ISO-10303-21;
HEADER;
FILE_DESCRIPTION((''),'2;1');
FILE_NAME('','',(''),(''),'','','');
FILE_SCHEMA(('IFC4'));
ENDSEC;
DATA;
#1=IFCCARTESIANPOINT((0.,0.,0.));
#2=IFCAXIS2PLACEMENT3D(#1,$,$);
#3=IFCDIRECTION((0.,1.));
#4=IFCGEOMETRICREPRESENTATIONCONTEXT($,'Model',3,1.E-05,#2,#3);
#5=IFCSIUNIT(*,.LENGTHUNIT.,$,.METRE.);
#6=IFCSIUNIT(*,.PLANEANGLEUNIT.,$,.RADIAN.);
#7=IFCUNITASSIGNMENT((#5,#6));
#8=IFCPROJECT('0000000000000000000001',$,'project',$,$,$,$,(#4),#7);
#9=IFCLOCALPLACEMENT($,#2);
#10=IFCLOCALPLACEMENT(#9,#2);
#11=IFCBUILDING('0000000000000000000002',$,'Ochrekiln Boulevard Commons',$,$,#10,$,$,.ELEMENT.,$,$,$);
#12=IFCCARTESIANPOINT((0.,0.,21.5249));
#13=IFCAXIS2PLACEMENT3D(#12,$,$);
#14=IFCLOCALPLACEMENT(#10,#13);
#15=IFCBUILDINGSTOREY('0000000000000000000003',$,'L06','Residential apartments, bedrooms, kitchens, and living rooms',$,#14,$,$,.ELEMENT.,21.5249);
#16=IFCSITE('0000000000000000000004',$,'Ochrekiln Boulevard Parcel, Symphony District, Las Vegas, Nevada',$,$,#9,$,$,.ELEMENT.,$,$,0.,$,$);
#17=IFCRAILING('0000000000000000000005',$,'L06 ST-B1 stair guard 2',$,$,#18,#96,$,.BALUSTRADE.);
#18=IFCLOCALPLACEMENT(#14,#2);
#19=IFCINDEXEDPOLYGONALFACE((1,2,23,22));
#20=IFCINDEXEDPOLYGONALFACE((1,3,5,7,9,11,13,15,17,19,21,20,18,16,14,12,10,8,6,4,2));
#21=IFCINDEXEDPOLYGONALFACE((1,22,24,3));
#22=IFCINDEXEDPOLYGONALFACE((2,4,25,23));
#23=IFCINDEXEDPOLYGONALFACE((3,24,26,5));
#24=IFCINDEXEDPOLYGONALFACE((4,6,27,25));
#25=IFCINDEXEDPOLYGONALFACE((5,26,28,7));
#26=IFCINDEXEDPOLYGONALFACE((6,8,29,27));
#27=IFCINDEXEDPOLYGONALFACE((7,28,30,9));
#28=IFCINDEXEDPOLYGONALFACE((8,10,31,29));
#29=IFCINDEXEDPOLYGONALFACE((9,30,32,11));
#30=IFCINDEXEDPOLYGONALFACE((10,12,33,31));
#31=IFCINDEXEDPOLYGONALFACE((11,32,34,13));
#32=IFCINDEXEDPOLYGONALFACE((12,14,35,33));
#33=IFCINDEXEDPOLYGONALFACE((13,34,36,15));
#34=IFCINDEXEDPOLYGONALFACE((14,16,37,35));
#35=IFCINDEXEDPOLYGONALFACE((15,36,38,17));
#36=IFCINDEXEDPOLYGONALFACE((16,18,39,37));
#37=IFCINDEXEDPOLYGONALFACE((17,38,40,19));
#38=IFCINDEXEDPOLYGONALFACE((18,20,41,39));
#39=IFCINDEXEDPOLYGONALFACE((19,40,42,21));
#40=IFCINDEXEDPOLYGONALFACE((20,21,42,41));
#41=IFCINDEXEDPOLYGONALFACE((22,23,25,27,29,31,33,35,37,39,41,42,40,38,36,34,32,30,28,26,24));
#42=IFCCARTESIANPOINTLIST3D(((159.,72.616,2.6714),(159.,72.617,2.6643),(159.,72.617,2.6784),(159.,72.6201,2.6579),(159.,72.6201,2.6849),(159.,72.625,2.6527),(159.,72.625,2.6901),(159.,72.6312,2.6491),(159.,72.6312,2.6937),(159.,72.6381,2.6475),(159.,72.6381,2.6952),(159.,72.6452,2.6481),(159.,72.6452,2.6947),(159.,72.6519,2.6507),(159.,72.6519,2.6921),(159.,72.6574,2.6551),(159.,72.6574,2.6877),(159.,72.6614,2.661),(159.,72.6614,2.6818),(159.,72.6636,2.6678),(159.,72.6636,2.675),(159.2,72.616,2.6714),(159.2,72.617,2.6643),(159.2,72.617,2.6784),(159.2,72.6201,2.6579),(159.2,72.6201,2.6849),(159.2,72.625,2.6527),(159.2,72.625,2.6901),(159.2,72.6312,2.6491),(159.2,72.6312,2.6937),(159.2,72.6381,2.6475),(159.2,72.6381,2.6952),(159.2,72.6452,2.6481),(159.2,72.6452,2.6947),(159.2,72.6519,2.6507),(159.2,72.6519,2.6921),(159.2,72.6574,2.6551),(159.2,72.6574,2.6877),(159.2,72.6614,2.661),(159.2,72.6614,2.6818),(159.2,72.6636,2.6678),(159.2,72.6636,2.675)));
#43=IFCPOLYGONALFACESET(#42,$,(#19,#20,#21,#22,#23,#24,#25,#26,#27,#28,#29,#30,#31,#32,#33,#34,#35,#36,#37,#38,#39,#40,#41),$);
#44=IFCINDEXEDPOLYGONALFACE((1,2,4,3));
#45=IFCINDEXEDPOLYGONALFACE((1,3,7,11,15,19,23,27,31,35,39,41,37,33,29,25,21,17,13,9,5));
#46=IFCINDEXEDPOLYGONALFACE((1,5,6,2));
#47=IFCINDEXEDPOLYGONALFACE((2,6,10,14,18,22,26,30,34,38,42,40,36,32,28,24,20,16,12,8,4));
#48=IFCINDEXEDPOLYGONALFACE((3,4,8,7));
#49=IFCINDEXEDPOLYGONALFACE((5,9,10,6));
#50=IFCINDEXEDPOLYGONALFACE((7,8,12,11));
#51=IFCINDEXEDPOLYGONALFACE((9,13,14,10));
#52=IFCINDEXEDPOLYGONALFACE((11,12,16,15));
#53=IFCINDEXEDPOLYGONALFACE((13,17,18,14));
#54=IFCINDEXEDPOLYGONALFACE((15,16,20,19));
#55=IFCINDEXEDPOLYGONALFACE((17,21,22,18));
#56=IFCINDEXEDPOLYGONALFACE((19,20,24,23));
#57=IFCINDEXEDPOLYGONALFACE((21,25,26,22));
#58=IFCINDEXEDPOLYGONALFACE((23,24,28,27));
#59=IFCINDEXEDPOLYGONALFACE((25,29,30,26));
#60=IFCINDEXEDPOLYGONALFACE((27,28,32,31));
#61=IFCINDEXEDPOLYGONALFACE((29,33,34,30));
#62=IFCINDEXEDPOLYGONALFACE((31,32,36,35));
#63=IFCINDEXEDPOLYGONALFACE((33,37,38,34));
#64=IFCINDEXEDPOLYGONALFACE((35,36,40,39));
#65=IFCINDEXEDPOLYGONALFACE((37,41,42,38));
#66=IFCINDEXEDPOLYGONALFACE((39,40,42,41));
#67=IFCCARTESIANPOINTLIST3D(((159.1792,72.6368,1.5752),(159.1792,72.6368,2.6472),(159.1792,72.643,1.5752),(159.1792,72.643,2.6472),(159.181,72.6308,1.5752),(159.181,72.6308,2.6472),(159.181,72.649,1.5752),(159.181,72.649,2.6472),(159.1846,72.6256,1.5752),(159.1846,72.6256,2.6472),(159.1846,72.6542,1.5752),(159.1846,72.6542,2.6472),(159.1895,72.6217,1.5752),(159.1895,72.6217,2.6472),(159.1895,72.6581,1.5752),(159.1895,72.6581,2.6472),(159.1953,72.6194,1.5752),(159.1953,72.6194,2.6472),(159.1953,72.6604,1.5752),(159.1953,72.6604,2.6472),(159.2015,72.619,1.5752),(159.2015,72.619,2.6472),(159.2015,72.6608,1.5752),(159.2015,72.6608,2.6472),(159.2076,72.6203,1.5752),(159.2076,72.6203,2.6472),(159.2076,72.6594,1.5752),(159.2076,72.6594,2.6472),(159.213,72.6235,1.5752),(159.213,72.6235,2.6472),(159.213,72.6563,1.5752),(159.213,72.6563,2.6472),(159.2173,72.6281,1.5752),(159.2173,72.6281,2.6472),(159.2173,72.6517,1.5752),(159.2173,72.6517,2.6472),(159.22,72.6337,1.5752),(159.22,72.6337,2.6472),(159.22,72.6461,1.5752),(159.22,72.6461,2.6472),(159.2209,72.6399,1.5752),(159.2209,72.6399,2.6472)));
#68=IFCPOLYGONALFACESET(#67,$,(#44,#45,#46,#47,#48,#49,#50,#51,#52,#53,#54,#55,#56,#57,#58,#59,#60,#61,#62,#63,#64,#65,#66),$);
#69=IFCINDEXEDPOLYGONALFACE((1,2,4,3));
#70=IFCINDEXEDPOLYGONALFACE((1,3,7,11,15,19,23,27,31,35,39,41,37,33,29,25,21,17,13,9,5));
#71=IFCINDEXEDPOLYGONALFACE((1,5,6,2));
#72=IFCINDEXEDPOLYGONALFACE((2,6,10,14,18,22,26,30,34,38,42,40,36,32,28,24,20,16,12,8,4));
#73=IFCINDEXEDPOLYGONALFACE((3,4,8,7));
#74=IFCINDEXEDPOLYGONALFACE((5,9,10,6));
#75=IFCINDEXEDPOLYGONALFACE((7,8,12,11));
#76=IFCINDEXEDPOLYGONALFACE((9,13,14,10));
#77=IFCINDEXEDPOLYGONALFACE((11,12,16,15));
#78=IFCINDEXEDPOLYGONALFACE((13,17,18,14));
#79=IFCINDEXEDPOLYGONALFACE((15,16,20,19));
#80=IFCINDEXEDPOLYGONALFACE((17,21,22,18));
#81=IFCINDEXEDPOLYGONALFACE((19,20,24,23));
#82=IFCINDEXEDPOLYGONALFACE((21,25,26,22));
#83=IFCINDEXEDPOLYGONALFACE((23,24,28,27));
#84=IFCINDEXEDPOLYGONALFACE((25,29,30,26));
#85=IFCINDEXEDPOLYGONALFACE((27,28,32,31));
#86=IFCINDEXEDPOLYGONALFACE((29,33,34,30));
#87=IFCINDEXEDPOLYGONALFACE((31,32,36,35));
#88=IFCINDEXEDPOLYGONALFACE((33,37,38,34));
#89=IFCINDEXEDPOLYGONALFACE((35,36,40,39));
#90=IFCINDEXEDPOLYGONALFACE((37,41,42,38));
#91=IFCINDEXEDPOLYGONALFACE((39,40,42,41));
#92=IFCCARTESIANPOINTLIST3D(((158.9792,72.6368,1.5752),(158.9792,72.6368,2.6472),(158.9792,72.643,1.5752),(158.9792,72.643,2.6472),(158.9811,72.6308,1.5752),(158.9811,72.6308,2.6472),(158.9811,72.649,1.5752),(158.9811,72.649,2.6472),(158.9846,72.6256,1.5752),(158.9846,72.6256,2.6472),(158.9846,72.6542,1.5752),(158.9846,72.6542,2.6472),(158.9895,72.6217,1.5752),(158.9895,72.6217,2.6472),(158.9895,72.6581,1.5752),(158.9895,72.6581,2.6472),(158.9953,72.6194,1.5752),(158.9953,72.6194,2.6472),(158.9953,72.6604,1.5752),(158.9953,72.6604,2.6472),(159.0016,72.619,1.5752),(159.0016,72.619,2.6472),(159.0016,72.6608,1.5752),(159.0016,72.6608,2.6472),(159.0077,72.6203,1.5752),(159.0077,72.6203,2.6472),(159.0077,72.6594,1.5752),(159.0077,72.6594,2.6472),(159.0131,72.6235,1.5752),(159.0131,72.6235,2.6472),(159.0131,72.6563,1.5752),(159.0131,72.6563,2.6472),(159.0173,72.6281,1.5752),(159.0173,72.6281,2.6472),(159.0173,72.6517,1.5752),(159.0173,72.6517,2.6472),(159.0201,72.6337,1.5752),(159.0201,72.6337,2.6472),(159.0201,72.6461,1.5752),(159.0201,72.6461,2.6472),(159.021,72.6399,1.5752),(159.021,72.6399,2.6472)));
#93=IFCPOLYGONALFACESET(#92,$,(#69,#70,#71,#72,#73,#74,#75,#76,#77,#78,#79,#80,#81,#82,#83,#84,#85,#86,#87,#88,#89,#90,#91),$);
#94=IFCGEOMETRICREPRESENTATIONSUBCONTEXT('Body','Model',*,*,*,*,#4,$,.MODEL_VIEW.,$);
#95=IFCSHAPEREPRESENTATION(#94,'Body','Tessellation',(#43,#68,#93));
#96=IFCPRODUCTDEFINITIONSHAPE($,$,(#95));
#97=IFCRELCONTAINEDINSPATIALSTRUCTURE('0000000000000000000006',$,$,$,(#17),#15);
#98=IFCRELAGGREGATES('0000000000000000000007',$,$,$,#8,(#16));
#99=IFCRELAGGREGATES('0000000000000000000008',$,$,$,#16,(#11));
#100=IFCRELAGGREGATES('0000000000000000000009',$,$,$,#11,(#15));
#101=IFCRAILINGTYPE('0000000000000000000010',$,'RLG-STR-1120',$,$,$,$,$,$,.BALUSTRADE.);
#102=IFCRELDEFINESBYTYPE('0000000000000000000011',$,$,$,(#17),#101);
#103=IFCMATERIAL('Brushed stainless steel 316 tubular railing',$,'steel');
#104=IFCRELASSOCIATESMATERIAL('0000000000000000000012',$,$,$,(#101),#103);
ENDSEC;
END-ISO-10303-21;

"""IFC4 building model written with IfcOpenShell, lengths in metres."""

from ifc_helpers import new_model, si_unit, direction, frame, origin, origin_2d, place, context, subcontext, project, spatial, circle, extrude, material, type_object, element, save


model = new_model("IFC4")

# Units and contexts
model_context = context("Model", 3, precision=1e-05, world=origin(), true_north=direction((0.0, 1.0)))
body_context = subcontext(model_context, "Body", "Model", "MODEL_VIEW")
ifc_project = project(units=[si_unit("LENGTHUNIT", "METRE"), si_unit("PLANEANGLEUNIT", "RADIAN")], contexts=[model_context])

# Site, building, storey
site_placement = place(None, origin())
site = spatial("IfcSite", under=ifc_project, at=site_placement, Name="Ochrekiln Boulevard Parcel, Symphony District, Las Vegas, Nevada", CompositionType="ELEMENT", RefElevation=0.0)
building_placement = place(site_placement, origin())
building = spatial("IfcBuilding", under=site, at=building_placement, Name="Ochrekiln Boulevard Commons", CompositionType="ELEMENT")
storey_placement = place(building_placement, frame((0.0, 0.0, 21.5249)))
storey = spatial("IfcBuildingStorey", under=building, at=storey_placement, Name="L06", Description="Residential apartments, bedrooms, kitchens, and living rooms", CompositionType="ELEMENT", Elevation=21.5249)

# Railing
ifc_material_1 = material(Name="Brushed stainless steel 316 tubular railing", Category="steel")
railing_type_1 = type_object("IfcRailingType", Name="RLG-STR-1120", PredefinedType="BALUSTRADE", material=ifc_material_1)
railing_1_placement = place(storey_placement, frame((159.2, 72.6399, 1.5752)))
element("IfcRailing", 1, at=railing_1_placement, inside=storey, type_object=railing_type_1, Name="L06 ST-B1 stair guard 2", PredefinedType="BALUSTRADE", context=body_context, shape_type="SweptSolid", body=[
    extrude(circle(Radius=0.0239, at=origin_2d()), frame((0.0, 0.0, 1.0962), z_axis=(-1.0, 0.0, 0.0), x_axis=(0.0, -1.0, 0.0)), (0.0, 0.0, 1.0), 0.2),
    extrude(circle(Radius=0.021, at=origin_2d()), origin(), (0.0, 0.0, 1.0), 1.072),
    extrude(circle(Radius=0.021, at=origin_2d()), frame((-0.2, 0.0, 0.0)), (0.0, 0.0, 1.0), 1.072),
])

save(model, "model.ifc")
